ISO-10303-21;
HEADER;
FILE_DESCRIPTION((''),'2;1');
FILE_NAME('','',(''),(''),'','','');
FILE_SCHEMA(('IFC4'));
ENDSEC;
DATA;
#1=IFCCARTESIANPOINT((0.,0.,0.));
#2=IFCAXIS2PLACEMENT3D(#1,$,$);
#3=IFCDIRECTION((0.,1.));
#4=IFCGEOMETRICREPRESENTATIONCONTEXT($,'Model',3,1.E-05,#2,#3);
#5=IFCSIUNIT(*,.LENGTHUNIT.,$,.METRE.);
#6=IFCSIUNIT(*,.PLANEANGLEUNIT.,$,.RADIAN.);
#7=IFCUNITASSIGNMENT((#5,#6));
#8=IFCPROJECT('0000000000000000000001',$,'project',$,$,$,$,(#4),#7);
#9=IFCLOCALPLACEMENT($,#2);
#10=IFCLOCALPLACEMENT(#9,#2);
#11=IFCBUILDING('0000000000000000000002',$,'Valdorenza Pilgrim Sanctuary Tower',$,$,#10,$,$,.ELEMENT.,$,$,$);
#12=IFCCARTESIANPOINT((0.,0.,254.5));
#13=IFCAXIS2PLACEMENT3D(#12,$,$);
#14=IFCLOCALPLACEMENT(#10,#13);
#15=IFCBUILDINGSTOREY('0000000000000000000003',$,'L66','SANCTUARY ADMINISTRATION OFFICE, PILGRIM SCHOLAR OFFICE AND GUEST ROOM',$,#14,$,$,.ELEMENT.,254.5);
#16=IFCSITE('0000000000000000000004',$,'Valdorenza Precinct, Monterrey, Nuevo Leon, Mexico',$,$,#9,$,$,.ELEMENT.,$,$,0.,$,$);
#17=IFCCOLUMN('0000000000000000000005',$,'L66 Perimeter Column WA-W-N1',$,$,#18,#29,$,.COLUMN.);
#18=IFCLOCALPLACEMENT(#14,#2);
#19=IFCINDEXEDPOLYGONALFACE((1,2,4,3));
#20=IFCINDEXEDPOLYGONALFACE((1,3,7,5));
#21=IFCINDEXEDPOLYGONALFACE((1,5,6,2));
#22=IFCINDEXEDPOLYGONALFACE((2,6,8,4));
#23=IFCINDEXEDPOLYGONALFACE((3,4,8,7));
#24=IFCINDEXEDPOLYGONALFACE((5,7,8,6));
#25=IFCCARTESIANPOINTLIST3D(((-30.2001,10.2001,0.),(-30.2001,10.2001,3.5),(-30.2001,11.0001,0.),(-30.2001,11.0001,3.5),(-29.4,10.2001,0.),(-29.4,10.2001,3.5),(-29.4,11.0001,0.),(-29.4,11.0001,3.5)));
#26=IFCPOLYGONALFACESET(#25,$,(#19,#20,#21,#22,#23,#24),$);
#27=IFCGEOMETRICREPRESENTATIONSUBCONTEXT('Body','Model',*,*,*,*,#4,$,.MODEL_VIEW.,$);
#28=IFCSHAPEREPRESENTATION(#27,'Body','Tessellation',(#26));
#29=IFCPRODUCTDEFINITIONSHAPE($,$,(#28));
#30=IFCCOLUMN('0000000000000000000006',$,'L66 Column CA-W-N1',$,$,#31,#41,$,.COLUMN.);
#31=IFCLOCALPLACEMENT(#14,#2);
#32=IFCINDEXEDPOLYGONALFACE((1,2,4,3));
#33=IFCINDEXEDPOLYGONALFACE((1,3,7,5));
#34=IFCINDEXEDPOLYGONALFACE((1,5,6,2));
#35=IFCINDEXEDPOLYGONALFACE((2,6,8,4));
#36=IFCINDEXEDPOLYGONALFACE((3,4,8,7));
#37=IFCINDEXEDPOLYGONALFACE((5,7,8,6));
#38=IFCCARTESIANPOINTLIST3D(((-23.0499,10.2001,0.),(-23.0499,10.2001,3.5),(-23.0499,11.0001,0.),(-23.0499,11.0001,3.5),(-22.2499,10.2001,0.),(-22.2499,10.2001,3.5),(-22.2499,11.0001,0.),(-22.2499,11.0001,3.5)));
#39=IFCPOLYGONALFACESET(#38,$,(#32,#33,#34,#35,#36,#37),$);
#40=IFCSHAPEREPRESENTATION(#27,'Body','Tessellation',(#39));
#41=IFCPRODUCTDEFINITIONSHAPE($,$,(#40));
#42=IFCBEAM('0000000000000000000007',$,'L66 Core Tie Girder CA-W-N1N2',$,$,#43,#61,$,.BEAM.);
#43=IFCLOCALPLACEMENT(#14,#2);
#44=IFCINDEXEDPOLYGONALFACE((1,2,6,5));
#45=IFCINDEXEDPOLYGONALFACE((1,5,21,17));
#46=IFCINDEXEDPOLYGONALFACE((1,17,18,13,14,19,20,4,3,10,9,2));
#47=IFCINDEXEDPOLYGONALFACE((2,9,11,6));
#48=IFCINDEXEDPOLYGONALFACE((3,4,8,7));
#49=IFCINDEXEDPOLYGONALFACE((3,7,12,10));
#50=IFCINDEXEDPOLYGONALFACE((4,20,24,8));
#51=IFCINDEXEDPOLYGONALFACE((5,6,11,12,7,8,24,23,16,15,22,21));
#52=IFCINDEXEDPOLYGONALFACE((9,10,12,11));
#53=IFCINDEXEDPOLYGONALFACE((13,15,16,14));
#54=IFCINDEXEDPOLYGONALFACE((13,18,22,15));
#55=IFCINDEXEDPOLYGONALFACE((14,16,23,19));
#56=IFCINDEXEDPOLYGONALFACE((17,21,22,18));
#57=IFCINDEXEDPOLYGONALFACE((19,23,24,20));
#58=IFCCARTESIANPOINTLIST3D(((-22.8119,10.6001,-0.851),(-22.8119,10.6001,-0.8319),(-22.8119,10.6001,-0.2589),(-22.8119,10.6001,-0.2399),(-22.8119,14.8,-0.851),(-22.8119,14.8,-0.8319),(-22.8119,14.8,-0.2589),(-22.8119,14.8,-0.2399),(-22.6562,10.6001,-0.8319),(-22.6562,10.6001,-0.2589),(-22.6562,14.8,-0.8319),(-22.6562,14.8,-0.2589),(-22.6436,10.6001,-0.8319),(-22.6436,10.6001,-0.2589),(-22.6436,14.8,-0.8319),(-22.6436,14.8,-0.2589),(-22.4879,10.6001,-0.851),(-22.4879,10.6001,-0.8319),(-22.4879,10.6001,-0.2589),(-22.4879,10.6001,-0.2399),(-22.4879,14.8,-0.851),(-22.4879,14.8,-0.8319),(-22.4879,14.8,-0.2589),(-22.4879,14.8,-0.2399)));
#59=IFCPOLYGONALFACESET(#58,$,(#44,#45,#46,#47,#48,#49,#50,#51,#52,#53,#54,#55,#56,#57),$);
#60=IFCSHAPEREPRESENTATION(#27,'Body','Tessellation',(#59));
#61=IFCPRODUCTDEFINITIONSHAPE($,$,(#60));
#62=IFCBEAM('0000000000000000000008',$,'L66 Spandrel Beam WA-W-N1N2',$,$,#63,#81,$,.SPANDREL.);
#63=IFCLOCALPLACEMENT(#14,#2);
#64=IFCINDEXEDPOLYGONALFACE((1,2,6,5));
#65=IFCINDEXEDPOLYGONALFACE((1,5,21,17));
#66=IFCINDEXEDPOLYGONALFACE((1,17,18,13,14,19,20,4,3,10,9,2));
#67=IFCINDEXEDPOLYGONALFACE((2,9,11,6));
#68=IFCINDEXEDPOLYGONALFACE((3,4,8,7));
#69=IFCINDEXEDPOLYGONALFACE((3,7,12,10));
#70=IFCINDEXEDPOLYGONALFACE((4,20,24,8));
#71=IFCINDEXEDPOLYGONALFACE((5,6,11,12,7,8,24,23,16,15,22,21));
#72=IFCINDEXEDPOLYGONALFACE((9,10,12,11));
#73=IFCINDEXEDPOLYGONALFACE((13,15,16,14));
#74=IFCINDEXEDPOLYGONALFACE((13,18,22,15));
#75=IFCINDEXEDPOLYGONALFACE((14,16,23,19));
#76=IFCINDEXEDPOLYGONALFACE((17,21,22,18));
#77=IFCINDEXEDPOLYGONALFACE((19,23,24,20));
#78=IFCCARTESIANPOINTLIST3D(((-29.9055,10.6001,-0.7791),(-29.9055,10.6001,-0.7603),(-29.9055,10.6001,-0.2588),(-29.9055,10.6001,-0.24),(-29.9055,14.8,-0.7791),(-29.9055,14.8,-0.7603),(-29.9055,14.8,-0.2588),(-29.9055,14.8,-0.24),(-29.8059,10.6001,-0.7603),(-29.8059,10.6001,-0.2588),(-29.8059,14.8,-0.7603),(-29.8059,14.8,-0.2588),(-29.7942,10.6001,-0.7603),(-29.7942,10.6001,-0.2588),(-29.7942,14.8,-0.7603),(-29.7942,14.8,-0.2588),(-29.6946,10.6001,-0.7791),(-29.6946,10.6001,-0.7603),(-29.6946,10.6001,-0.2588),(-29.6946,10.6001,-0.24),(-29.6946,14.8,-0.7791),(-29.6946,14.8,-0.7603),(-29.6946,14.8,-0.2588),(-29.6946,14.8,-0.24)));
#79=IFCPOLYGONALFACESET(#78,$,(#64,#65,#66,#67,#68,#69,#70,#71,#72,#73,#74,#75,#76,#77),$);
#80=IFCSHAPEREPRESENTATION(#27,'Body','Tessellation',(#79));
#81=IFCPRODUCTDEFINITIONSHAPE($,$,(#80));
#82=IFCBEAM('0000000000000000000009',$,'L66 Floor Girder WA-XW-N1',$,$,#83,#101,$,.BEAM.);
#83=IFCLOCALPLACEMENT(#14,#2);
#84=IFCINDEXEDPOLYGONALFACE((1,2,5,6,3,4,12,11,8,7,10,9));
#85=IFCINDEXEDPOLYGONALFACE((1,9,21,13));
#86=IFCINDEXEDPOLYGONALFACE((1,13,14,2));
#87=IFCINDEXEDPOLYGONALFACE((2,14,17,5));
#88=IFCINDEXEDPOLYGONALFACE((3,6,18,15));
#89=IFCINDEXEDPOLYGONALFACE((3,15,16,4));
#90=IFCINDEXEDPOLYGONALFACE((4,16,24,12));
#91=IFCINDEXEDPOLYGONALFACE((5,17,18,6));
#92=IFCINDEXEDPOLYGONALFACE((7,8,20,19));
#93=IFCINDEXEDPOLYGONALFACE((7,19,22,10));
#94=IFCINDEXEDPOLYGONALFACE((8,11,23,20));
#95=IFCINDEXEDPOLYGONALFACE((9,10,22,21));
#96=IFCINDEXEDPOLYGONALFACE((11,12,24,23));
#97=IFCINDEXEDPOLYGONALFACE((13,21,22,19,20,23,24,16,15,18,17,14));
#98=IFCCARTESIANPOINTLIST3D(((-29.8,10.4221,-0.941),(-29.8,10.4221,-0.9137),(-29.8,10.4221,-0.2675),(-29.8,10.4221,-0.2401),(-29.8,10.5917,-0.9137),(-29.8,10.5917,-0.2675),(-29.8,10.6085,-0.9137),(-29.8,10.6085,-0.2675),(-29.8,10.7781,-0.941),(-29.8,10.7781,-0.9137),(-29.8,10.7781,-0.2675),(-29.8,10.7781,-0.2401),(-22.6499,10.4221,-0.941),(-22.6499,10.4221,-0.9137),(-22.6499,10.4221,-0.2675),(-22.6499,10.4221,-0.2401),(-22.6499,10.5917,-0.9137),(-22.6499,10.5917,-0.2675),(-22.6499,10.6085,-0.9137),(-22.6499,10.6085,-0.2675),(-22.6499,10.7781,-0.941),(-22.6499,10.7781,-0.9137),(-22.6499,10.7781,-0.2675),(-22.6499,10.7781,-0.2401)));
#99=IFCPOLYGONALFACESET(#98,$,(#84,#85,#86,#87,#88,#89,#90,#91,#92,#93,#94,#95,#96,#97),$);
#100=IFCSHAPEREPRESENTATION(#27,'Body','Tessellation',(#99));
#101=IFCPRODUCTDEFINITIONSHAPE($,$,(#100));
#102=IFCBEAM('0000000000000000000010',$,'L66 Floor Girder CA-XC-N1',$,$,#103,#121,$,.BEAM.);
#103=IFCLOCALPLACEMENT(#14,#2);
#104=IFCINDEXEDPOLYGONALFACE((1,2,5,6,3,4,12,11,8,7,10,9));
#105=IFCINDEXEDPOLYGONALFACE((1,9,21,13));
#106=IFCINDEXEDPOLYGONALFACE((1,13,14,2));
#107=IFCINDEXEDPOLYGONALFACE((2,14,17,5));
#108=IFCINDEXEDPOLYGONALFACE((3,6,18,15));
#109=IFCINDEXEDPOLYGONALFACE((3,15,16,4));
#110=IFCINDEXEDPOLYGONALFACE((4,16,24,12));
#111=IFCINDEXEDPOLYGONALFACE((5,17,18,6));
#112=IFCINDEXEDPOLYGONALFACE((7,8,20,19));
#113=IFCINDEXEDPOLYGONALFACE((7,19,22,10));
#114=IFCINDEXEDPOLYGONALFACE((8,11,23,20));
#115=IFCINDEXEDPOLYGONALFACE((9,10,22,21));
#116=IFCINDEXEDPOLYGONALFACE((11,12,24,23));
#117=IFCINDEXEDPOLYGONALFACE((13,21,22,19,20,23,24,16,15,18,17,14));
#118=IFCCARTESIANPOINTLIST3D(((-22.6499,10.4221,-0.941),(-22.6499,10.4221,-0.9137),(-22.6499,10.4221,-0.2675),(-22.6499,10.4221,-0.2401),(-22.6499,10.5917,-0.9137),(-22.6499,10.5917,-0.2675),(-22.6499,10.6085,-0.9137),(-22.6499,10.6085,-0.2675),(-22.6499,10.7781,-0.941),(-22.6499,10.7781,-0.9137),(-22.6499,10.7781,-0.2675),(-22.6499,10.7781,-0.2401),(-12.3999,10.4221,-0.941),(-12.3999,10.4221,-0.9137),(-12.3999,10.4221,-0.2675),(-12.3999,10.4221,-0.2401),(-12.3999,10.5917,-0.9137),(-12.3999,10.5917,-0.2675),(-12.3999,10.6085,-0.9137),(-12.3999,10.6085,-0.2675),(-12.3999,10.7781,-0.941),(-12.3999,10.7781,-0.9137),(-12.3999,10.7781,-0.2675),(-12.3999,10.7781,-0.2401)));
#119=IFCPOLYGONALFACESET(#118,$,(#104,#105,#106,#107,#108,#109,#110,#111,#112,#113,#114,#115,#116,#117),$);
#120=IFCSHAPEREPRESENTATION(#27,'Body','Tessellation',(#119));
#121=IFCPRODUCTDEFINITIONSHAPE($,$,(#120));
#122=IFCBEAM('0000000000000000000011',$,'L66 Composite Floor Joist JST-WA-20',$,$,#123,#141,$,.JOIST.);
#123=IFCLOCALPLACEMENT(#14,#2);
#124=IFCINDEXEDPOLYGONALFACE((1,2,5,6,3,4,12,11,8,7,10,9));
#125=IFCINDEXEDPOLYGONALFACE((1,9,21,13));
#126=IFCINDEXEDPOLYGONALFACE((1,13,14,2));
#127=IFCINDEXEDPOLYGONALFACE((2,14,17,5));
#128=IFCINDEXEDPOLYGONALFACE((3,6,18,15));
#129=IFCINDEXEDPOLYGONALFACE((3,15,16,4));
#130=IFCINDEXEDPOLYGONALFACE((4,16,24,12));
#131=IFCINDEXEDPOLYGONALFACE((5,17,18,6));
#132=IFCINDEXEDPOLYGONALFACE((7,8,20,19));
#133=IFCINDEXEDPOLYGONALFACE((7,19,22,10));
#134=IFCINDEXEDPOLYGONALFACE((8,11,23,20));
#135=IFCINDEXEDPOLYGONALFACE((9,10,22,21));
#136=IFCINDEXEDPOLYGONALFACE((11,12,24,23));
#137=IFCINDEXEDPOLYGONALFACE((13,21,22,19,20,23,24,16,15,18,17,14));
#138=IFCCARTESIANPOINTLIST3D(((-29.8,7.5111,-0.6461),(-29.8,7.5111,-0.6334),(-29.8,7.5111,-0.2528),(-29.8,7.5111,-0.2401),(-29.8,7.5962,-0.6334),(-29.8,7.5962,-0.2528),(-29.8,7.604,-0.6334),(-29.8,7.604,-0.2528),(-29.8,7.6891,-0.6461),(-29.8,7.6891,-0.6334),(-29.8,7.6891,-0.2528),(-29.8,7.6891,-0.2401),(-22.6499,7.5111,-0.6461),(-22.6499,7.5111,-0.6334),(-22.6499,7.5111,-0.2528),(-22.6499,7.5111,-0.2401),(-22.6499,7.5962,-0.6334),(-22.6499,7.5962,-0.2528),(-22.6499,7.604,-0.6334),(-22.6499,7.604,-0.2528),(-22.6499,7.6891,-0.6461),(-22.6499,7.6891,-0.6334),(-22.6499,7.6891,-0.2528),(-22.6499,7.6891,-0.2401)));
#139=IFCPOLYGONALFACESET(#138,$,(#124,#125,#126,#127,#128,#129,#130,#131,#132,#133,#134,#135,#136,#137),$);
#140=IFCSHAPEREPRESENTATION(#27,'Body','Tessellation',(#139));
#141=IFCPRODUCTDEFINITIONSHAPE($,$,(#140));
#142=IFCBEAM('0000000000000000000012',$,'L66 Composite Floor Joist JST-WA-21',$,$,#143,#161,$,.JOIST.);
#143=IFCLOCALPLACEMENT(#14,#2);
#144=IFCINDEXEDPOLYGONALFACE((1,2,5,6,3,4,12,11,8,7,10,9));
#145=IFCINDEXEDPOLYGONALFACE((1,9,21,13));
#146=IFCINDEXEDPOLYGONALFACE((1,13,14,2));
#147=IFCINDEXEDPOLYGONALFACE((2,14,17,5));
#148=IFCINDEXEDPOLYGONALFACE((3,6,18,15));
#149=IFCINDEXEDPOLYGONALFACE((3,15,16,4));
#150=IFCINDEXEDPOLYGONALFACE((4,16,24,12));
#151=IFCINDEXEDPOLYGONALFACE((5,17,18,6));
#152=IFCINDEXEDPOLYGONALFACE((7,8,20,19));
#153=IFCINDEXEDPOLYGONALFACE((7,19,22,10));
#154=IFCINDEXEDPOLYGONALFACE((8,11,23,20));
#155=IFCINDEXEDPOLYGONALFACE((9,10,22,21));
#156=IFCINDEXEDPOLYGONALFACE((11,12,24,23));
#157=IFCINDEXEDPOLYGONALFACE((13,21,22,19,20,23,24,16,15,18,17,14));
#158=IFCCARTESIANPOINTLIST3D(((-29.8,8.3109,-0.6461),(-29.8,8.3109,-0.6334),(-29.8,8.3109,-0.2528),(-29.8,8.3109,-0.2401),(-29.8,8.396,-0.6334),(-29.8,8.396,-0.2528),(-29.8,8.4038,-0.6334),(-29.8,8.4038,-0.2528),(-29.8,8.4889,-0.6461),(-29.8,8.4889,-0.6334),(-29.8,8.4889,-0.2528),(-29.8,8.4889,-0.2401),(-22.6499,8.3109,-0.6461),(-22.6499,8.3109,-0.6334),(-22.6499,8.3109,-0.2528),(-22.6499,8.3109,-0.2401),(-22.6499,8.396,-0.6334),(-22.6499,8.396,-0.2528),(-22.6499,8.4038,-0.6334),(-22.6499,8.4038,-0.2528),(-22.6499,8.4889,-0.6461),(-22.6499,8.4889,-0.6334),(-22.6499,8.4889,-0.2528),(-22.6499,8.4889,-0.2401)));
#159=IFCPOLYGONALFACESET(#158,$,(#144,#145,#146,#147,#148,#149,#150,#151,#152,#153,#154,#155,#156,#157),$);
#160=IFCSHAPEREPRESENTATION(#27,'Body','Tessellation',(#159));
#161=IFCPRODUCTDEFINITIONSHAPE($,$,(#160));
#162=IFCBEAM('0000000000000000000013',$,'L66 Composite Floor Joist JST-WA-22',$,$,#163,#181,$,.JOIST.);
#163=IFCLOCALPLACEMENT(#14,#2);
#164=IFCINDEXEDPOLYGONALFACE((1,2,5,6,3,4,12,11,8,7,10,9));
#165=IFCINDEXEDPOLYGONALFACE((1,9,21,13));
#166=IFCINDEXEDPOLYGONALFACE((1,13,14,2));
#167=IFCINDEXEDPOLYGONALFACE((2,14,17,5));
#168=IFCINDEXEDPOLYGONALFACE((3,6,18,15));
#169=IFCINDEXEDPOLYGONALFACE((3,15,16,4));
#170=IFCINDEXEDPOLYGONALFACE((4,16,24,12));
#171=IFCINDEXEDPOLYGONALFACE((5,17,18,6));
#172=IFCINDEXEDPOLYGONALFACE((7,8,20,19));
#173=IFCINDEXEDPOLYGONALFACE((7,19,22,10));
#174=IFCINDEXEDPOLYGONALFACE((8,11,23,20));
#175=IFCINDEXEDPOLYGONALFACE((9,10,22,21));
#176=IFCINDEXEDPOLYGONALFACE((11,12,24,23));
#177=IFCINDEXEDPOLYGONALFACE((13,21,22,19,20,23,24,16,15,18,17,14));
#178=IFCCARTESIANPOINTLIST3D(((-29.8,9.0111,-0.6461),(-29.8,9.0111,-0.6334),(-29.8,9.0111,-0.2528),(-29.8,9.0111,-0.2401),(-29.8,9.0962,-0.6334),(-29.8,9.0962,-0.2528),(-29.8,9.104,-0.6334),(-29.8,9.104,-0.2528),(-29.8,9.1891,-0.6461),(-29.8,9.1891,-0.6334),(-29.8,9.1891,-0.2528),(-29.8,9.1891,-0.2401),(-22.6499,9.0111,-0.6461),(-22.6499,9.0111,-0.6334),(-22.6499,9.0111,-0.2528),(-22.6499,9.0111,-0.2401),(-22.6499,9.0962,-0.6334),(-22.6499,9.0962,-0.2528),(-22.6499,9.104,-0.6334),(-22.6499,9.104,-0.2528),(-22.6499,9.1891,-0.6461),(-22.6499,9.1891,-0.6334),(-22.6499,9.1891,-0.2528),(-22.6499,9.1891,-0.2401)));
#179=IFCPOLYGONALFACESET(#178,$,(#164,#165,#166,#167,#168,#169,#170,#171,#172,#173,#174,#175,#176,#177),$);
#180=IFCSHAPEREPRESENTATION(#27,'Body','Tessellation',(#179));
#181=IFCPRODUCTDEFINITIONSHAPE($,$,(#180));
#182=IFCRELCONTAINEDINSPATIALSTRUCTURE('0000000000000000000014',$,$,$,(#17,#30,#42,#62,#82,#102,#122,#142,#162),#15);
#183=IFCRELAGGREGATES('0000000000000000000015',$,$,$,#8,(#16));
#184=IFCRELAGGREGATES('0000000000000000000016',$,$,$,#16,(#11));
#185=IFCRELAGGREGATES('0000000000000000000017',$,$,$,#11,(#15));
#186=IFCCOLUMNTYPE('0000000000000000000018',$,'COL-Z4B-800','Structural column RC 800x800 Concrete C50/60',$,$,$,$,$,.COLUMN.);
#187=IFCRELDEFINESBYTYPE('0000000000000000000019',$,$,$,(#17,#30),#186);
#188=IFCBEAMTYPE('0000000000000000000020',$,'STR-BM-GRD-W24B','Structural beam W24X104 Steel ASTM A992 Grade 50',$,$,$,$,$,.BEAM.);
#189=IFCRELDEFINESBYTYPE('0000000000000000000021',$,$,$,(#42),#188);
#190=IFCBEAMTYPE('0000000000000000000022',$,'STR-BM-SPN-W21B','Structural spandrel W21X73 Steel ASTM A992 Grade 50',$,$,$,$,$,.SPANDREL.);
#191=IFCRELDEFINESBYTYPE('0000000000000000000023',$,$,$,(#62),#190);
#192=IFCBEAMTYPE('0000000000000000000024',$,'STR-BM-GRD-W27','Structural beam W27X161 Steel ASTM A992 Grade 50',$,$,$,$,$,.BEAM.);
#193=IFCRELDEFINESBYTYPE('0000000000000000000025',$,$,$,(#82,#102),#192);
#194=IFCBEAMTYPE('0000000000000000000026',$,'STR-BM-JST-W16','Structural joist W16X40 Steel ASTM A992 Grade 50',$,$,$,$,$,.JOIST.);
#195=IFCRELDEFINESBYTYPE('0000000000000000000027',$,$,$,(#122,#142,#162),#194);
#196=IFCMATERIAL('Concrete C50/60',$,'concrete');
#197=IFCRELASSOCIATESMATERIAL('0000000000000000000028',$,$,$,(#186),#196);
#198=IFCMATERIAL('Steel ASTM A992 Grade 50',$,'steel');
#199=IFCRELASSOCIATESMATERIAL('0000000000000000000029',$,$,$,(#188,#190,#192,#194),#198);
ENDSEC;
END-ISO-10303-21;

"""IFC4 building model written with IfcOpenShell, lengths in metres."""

from ifc_helpers import new_model, si_unit, direction, frame, origin, origin_2d, place, context, subcontext, project, spatial, rectangle, i_section, extrude, source, transform, mapped, material, material_profile, profile_set, type_object, element, save


model = new_model("IFC4")

# Units and contexts
model_context = context("Model", 3, precision=1e-05, world=origin(), true_north=direction((0.0, 1.0)))
body_context = subcontext(model_context, "Body", "Model", "MODEL_VIEW")
ifc_project = project(units=[si_unit("LENGTHUNIT", "METRE"), si_unit("PLANEANGLEUNIT", "RADIAN")], contexts=[model_context])

# Site, building, storey
site_placement = place(None, origin())
site = spatial("IfcSite", under=ifc_project, at=site_placement, Name="Valdorenza Precinct, Monterrey, Nuevo Leon, Mexico", CompositionType="ELEMENT", RefElevation=0.0)
building_placement = place(site_placement, origin())
building = spatial("IfcBuilding", under=site, at=building_placement, Name="Valdorenza Pilgrim Sanctuary Tower", CompositionType="ELEMENT")
storey_placement = place(building_placement, frame((0.0, 0.0, 254.5)))
storey = spatial("IfcBuildingStorey", under=building, at=storey_placement, Name="L66", Description="SANCTUARY ADMINISTRATION OFFICE, PILGRIM SCHOLAR OFFICE AND GUEST ROOM", CompositionType="ELEMENT", Elevation=254.5)

# Columns
ifc_material_1 = material(Name="Concrete C50/60", Category="concrete")
ifc_material_profile_1 = material_profile(ifc_material_1, rectangle(XDim=0.8, YDim=0.8, at=origin_2d()), Name="RC 800x800")
ifc_profile_set_1 = profile_set([ifc_material_profile_1], Name="Concrete C50/60")
column_type = type_object("IfcColumnType", Name="COL-Z4B-800", Description="Structural column RC 800x800 Concrete C50/60", PredefinedType="COLUMN", material=ifc_profile_set_1)
shared_shape_1 = source(origin(), body_context, "Body", "SweptSolid", [
    extrude(rectangle(XDim=0.8, YDim=0.8, at=origin_2d()), origin(), (0.0, 0.0, 1.0), 3.5),
])
for number, where, z_axis, x_axis, name in (
    (1, (-29.8, 10.6001, 0.0), (0.0, 0.0, 1.0), (1.0, 0.0, 0.0), "L66 Perimeter Column WA-W-N1"),
    (2, (-22.6499, 10.6001, 0.0), (0.0, 0.0, 1.0), (1.0, 0.0, 0.0), "L66 Column CA-W-N1"),
):
    element("IfcColumn", number, at=place(storey_placement, frame(where, z_axis=z_axis, x_axis=x_axis)), inside=storey, type_object=column_type, Name=name, PredefinedType="COLUMN", context=body_context, shape_type="MappedRepresentation", body=[
        mapped(shared_shape_1, transform((0.0, 0.0, 0.0), x_axis=(1.0, 0.0, 0.0), y_axis=(0.0, 1.0, 0.0), z_axis=(0.0, 0.0, 1.0), scale=1.0)),
    ])

# Beams
ifc_material_2 = material(Name="Steel ASTM A992 Grade 50", Category="steel")
ifc_material_profile_2 = material_profile(ifc_material_2, i_section(OverallWidth=0.324, OverallDepth=0.6111, WebThickness=0.0127, FlangeThickness=0.019, at=origin_2d()), Name="W24X104")
ifc_profile_set_2 = profile_set([ifc_material_profile_2], Name="Steel ASTM A992 Grade 50")
beam_type_1 = type_object("IfcBeamType", Name="STR-BM-GRD-W24B", Description="Structural beam W24X104 Steel ASTM A992 Grade 50", PredefinedType="BEAM", material=ifc_profile_set_2)
shared_shape_2 = source(origin(), body_context, "Body", "SweptSolid", [
    extrude(i_section(OverallWidth=0.324, OverallDepth=0.6111, WebThickness=0.0127, FlangeThickness=0.019, at=origin_2d()), origin(), (0.0, 0.0, 1.0), 4.2),
])
beam_1_placement = place(storey_placement, frame((-22.6499, 10.6001, -0.5454), z_axis=(0.0, 1.0, 0.0), x_axis=(-1.0, 0.0, 0.0)))
element("IfcBeam", 3, at=beam_1_placement, inside=storey, type_object=beam_type_1, Name="L66 Core Tie Girder CA-W-N1N2", PredefinedType="BEAM", context=body_context, shape_type="MappedRepresentation", body=[
    mapped(shared_shape_2, transform((0.0, 0.0, 0.0), x_axis=(1.0, 0.0, 0.0), y_axis=(0.0, 1.0, 0.0), z_axis=(0.0, 0.0, 1.0), scale=1.0)),
])
ifc_material_profile_3 = material_profile(ifc_material_2, i_section(OverallWidth=0.2109, OverallDepth=0.5391, WebThickness=0.0117, FlangeThickness=0.0188, at=origin_2d()), Name="W21X73")
ifc_profile_set_3 = profile_set([ifc_material_profile_3], Name="Steel ASTM A992 Grade 50")
beam_type_2 = type_object("IfcBeamType", Name="STR-BM-SPN-W21B", Description="Structural spandrel W21X73 Steel ASTM A992 Grade 50", PredefinedType="SPANDREL", material=ifc_profile_set_3)
shared_shape_3 = source(origin(), body_context, "Body", "SweptSolid", [
    extrude(i_section(OverallWidth=0.2109, OverallDepth=0.5391, WebThickness=0.0117, FlangeThickness=0.0188, at=origin_2d()), origin(), (0.0, 0.0, 1.0), 4.2),
])
beam_2_placement = place(storey_placement, frame((-29.8, 10.6001, -0.5095), z_axis=(0.0, 1.0, 0.0), x_axis=(-1.0, 0.0, 0.0)))
element("IfcBeam", 4, at=beam_2_placement, inside=storey, type_object=beam_type_2, Name="L66 Spandrel Beam WA-W-N1N2", PredefinedType="SPANDREL", context=body_context, shape_type="MappedRepresentation", body=[
    mapped(shared_shape_3, transform((0.0, 0.0, 0.0), x_axis=(1.0, 0.0, 0.0), y_axis=(0.0, 1.0, 0.0), z_axis=(0.0, 0.0, 1.0), scale=1.0)),
])
ifc_material_profile_4 = material_profile(ifc_material_2, i_section(OverallWidth=0.356, OverallDepth=0.7009, WebThickness=0.0168, FlangeThickness=0.0273, at=origin_2d()), Name="W27X161")
ifc_profile_set_4 = profile_set([ifc_material_profile_4], Name="Steel ASTM A992 Grade 50")
beam_type_3 = type_object("IfcBeamType", Name="STR-BM-GRD-W27", Description="Structural beam W27X161 Steel ASTM A992 Grade 50", PredefinedType="BEAM", material=ifc_profile_set_4)
shared_shape_4 = source(origin(), body_context, "Body", "SweptSolid", [
    extrude(i_section(OverallWidth=0.356, OverallDepth=0.7009, WebThickness=0.0168, FlangeThickness=0.0273, at=origin_2d()), origin(), (0.0, 0.0, 1.0), 7.1501),
])
beam_3_placement = place(storey_placement, frame((-29.8, 10.6001, -0.5906), z_axis=(1.0, 0.0, 0.0), x_axis=(0.0, 1.0, 0.0)))
element("IfcBeam", 5, at=beam_3_placement, inside=storey, type_object=beam_type_3, Name="L66 Floor Girder WA-XW-N1", PredefinedType="BEAM", context=body_context, shape_type="MappedRepresentation", body=[
    mapped(shared_shape_4, transform((0.0, 0.0, 0.0), x_axis=(1.0, 0.0, 0.0), y_axis=(0.0, 1.0, 0.0), z_axis=(0.0, 0.0, 1.0), scale=1.0)),
])
shared_shape_5 = source(origin(), body_context, "Body", "SweptSolid", [
    extrude(i_section(OverallWidth=0.356, OverallDepth=0.7009, WebThickness=0.0168, FlangeThickness=0.0273, at=origin_2d()), origin(), (0.0, 0.0, 1.0), 10.25),
])
beam_4_placement = place(storey_placement, frame((-22.6499, 10.6001, -0.5906), z_axis=(1.0, 0.0, 0.0), x_axis=(0.0, 1.0, 0.0)))
element("IfcBeam", 6, at=beam_4_placement, inside=storey, type_object=beam_type_3, Name="L66 Floor Girder CA-XC-N1", PredefinedType="BEAM", context=body_context, shape_type="MappedRepresentation", body=[
    mapped(shared_shape_5, transform((0.0, 0.0, 0.0), x_axis=(1.0, 0.0, 0.0), y_axis=(0.0, 1.0, 0.0), z_axis=(0.0, 0.0, 1.0), scale=1.0)),
])
ifc_material_profile_5 = material_profile(ifc_material_2, i_section(OverallWidth=0.178, OverallDepth=0.406, WebThickness=0.0078, FlangeThickness=0.0127, at=origin_2d()), Name="W16X40")
ifc_profile_set_5 = profile_set([ifc_material_profile_5], Name="Steel ASTM A992 Grade 50")
beam_type_4 = type_object("IfcBeamType", Name="STR-BM-JST-W16", Description="Structural joist W16X40 Steel ASTM A992 Grade 50", PredefinedType="JOIST", material=ifc_profile_set_5)
shared_shape_6 = source(origin(), body_context, "Body", "SweptSolid", [
    extrude(i_section(OverallWidth=0.178, OverallDepth=0.406, WebThickness=0.0078, FlangeThickness=0.0127, at=origin_2d()), origin(), (0.0, 0.0, 1.0), 7.1501),
])
for number, where, z_axis, x_axis, name in (
    (7, (-29.8, 7.6001, -0.4431), (1.0, 0.0, 0.0), (0.0, 1.0, 0.0), "L66 Composite Floor Joist JST-WA-20"),
    (8, (-29.8, 8.3999, -0.4431), (1.0, 0.0, 0.0), (0.0, 1.0, 0.0), "L66 Composite Floor Joist JST-WA-21"),
    (9, (-29.8, 9.1001, -0.4431), (1.0, 0.0, 0.0), (0.0, 1.0, 0.0), "L66 Composite Floor Joist JST-WA-22"),
):
    element("IfcBeam", number, at=place(storey_placement, frame(where, z_axis=z_axis, x_axis=x_axis)), inside=storey, type_object=beam_type_4, Name=name, PredefinedType="JOIST", context=body_context, shape_type="MappedRepresentation", body=[
        mapped(shared_shape_6, transform((0.0, 0.0, 0.0), x_axis=(1.0, 0.0, 0.0), y_axis=(0.0, 1.0, 0.0), z_axis=(0.0, 0.0, 1.0), scale=1.0)),
    ])

save(model, "model.ifc")
